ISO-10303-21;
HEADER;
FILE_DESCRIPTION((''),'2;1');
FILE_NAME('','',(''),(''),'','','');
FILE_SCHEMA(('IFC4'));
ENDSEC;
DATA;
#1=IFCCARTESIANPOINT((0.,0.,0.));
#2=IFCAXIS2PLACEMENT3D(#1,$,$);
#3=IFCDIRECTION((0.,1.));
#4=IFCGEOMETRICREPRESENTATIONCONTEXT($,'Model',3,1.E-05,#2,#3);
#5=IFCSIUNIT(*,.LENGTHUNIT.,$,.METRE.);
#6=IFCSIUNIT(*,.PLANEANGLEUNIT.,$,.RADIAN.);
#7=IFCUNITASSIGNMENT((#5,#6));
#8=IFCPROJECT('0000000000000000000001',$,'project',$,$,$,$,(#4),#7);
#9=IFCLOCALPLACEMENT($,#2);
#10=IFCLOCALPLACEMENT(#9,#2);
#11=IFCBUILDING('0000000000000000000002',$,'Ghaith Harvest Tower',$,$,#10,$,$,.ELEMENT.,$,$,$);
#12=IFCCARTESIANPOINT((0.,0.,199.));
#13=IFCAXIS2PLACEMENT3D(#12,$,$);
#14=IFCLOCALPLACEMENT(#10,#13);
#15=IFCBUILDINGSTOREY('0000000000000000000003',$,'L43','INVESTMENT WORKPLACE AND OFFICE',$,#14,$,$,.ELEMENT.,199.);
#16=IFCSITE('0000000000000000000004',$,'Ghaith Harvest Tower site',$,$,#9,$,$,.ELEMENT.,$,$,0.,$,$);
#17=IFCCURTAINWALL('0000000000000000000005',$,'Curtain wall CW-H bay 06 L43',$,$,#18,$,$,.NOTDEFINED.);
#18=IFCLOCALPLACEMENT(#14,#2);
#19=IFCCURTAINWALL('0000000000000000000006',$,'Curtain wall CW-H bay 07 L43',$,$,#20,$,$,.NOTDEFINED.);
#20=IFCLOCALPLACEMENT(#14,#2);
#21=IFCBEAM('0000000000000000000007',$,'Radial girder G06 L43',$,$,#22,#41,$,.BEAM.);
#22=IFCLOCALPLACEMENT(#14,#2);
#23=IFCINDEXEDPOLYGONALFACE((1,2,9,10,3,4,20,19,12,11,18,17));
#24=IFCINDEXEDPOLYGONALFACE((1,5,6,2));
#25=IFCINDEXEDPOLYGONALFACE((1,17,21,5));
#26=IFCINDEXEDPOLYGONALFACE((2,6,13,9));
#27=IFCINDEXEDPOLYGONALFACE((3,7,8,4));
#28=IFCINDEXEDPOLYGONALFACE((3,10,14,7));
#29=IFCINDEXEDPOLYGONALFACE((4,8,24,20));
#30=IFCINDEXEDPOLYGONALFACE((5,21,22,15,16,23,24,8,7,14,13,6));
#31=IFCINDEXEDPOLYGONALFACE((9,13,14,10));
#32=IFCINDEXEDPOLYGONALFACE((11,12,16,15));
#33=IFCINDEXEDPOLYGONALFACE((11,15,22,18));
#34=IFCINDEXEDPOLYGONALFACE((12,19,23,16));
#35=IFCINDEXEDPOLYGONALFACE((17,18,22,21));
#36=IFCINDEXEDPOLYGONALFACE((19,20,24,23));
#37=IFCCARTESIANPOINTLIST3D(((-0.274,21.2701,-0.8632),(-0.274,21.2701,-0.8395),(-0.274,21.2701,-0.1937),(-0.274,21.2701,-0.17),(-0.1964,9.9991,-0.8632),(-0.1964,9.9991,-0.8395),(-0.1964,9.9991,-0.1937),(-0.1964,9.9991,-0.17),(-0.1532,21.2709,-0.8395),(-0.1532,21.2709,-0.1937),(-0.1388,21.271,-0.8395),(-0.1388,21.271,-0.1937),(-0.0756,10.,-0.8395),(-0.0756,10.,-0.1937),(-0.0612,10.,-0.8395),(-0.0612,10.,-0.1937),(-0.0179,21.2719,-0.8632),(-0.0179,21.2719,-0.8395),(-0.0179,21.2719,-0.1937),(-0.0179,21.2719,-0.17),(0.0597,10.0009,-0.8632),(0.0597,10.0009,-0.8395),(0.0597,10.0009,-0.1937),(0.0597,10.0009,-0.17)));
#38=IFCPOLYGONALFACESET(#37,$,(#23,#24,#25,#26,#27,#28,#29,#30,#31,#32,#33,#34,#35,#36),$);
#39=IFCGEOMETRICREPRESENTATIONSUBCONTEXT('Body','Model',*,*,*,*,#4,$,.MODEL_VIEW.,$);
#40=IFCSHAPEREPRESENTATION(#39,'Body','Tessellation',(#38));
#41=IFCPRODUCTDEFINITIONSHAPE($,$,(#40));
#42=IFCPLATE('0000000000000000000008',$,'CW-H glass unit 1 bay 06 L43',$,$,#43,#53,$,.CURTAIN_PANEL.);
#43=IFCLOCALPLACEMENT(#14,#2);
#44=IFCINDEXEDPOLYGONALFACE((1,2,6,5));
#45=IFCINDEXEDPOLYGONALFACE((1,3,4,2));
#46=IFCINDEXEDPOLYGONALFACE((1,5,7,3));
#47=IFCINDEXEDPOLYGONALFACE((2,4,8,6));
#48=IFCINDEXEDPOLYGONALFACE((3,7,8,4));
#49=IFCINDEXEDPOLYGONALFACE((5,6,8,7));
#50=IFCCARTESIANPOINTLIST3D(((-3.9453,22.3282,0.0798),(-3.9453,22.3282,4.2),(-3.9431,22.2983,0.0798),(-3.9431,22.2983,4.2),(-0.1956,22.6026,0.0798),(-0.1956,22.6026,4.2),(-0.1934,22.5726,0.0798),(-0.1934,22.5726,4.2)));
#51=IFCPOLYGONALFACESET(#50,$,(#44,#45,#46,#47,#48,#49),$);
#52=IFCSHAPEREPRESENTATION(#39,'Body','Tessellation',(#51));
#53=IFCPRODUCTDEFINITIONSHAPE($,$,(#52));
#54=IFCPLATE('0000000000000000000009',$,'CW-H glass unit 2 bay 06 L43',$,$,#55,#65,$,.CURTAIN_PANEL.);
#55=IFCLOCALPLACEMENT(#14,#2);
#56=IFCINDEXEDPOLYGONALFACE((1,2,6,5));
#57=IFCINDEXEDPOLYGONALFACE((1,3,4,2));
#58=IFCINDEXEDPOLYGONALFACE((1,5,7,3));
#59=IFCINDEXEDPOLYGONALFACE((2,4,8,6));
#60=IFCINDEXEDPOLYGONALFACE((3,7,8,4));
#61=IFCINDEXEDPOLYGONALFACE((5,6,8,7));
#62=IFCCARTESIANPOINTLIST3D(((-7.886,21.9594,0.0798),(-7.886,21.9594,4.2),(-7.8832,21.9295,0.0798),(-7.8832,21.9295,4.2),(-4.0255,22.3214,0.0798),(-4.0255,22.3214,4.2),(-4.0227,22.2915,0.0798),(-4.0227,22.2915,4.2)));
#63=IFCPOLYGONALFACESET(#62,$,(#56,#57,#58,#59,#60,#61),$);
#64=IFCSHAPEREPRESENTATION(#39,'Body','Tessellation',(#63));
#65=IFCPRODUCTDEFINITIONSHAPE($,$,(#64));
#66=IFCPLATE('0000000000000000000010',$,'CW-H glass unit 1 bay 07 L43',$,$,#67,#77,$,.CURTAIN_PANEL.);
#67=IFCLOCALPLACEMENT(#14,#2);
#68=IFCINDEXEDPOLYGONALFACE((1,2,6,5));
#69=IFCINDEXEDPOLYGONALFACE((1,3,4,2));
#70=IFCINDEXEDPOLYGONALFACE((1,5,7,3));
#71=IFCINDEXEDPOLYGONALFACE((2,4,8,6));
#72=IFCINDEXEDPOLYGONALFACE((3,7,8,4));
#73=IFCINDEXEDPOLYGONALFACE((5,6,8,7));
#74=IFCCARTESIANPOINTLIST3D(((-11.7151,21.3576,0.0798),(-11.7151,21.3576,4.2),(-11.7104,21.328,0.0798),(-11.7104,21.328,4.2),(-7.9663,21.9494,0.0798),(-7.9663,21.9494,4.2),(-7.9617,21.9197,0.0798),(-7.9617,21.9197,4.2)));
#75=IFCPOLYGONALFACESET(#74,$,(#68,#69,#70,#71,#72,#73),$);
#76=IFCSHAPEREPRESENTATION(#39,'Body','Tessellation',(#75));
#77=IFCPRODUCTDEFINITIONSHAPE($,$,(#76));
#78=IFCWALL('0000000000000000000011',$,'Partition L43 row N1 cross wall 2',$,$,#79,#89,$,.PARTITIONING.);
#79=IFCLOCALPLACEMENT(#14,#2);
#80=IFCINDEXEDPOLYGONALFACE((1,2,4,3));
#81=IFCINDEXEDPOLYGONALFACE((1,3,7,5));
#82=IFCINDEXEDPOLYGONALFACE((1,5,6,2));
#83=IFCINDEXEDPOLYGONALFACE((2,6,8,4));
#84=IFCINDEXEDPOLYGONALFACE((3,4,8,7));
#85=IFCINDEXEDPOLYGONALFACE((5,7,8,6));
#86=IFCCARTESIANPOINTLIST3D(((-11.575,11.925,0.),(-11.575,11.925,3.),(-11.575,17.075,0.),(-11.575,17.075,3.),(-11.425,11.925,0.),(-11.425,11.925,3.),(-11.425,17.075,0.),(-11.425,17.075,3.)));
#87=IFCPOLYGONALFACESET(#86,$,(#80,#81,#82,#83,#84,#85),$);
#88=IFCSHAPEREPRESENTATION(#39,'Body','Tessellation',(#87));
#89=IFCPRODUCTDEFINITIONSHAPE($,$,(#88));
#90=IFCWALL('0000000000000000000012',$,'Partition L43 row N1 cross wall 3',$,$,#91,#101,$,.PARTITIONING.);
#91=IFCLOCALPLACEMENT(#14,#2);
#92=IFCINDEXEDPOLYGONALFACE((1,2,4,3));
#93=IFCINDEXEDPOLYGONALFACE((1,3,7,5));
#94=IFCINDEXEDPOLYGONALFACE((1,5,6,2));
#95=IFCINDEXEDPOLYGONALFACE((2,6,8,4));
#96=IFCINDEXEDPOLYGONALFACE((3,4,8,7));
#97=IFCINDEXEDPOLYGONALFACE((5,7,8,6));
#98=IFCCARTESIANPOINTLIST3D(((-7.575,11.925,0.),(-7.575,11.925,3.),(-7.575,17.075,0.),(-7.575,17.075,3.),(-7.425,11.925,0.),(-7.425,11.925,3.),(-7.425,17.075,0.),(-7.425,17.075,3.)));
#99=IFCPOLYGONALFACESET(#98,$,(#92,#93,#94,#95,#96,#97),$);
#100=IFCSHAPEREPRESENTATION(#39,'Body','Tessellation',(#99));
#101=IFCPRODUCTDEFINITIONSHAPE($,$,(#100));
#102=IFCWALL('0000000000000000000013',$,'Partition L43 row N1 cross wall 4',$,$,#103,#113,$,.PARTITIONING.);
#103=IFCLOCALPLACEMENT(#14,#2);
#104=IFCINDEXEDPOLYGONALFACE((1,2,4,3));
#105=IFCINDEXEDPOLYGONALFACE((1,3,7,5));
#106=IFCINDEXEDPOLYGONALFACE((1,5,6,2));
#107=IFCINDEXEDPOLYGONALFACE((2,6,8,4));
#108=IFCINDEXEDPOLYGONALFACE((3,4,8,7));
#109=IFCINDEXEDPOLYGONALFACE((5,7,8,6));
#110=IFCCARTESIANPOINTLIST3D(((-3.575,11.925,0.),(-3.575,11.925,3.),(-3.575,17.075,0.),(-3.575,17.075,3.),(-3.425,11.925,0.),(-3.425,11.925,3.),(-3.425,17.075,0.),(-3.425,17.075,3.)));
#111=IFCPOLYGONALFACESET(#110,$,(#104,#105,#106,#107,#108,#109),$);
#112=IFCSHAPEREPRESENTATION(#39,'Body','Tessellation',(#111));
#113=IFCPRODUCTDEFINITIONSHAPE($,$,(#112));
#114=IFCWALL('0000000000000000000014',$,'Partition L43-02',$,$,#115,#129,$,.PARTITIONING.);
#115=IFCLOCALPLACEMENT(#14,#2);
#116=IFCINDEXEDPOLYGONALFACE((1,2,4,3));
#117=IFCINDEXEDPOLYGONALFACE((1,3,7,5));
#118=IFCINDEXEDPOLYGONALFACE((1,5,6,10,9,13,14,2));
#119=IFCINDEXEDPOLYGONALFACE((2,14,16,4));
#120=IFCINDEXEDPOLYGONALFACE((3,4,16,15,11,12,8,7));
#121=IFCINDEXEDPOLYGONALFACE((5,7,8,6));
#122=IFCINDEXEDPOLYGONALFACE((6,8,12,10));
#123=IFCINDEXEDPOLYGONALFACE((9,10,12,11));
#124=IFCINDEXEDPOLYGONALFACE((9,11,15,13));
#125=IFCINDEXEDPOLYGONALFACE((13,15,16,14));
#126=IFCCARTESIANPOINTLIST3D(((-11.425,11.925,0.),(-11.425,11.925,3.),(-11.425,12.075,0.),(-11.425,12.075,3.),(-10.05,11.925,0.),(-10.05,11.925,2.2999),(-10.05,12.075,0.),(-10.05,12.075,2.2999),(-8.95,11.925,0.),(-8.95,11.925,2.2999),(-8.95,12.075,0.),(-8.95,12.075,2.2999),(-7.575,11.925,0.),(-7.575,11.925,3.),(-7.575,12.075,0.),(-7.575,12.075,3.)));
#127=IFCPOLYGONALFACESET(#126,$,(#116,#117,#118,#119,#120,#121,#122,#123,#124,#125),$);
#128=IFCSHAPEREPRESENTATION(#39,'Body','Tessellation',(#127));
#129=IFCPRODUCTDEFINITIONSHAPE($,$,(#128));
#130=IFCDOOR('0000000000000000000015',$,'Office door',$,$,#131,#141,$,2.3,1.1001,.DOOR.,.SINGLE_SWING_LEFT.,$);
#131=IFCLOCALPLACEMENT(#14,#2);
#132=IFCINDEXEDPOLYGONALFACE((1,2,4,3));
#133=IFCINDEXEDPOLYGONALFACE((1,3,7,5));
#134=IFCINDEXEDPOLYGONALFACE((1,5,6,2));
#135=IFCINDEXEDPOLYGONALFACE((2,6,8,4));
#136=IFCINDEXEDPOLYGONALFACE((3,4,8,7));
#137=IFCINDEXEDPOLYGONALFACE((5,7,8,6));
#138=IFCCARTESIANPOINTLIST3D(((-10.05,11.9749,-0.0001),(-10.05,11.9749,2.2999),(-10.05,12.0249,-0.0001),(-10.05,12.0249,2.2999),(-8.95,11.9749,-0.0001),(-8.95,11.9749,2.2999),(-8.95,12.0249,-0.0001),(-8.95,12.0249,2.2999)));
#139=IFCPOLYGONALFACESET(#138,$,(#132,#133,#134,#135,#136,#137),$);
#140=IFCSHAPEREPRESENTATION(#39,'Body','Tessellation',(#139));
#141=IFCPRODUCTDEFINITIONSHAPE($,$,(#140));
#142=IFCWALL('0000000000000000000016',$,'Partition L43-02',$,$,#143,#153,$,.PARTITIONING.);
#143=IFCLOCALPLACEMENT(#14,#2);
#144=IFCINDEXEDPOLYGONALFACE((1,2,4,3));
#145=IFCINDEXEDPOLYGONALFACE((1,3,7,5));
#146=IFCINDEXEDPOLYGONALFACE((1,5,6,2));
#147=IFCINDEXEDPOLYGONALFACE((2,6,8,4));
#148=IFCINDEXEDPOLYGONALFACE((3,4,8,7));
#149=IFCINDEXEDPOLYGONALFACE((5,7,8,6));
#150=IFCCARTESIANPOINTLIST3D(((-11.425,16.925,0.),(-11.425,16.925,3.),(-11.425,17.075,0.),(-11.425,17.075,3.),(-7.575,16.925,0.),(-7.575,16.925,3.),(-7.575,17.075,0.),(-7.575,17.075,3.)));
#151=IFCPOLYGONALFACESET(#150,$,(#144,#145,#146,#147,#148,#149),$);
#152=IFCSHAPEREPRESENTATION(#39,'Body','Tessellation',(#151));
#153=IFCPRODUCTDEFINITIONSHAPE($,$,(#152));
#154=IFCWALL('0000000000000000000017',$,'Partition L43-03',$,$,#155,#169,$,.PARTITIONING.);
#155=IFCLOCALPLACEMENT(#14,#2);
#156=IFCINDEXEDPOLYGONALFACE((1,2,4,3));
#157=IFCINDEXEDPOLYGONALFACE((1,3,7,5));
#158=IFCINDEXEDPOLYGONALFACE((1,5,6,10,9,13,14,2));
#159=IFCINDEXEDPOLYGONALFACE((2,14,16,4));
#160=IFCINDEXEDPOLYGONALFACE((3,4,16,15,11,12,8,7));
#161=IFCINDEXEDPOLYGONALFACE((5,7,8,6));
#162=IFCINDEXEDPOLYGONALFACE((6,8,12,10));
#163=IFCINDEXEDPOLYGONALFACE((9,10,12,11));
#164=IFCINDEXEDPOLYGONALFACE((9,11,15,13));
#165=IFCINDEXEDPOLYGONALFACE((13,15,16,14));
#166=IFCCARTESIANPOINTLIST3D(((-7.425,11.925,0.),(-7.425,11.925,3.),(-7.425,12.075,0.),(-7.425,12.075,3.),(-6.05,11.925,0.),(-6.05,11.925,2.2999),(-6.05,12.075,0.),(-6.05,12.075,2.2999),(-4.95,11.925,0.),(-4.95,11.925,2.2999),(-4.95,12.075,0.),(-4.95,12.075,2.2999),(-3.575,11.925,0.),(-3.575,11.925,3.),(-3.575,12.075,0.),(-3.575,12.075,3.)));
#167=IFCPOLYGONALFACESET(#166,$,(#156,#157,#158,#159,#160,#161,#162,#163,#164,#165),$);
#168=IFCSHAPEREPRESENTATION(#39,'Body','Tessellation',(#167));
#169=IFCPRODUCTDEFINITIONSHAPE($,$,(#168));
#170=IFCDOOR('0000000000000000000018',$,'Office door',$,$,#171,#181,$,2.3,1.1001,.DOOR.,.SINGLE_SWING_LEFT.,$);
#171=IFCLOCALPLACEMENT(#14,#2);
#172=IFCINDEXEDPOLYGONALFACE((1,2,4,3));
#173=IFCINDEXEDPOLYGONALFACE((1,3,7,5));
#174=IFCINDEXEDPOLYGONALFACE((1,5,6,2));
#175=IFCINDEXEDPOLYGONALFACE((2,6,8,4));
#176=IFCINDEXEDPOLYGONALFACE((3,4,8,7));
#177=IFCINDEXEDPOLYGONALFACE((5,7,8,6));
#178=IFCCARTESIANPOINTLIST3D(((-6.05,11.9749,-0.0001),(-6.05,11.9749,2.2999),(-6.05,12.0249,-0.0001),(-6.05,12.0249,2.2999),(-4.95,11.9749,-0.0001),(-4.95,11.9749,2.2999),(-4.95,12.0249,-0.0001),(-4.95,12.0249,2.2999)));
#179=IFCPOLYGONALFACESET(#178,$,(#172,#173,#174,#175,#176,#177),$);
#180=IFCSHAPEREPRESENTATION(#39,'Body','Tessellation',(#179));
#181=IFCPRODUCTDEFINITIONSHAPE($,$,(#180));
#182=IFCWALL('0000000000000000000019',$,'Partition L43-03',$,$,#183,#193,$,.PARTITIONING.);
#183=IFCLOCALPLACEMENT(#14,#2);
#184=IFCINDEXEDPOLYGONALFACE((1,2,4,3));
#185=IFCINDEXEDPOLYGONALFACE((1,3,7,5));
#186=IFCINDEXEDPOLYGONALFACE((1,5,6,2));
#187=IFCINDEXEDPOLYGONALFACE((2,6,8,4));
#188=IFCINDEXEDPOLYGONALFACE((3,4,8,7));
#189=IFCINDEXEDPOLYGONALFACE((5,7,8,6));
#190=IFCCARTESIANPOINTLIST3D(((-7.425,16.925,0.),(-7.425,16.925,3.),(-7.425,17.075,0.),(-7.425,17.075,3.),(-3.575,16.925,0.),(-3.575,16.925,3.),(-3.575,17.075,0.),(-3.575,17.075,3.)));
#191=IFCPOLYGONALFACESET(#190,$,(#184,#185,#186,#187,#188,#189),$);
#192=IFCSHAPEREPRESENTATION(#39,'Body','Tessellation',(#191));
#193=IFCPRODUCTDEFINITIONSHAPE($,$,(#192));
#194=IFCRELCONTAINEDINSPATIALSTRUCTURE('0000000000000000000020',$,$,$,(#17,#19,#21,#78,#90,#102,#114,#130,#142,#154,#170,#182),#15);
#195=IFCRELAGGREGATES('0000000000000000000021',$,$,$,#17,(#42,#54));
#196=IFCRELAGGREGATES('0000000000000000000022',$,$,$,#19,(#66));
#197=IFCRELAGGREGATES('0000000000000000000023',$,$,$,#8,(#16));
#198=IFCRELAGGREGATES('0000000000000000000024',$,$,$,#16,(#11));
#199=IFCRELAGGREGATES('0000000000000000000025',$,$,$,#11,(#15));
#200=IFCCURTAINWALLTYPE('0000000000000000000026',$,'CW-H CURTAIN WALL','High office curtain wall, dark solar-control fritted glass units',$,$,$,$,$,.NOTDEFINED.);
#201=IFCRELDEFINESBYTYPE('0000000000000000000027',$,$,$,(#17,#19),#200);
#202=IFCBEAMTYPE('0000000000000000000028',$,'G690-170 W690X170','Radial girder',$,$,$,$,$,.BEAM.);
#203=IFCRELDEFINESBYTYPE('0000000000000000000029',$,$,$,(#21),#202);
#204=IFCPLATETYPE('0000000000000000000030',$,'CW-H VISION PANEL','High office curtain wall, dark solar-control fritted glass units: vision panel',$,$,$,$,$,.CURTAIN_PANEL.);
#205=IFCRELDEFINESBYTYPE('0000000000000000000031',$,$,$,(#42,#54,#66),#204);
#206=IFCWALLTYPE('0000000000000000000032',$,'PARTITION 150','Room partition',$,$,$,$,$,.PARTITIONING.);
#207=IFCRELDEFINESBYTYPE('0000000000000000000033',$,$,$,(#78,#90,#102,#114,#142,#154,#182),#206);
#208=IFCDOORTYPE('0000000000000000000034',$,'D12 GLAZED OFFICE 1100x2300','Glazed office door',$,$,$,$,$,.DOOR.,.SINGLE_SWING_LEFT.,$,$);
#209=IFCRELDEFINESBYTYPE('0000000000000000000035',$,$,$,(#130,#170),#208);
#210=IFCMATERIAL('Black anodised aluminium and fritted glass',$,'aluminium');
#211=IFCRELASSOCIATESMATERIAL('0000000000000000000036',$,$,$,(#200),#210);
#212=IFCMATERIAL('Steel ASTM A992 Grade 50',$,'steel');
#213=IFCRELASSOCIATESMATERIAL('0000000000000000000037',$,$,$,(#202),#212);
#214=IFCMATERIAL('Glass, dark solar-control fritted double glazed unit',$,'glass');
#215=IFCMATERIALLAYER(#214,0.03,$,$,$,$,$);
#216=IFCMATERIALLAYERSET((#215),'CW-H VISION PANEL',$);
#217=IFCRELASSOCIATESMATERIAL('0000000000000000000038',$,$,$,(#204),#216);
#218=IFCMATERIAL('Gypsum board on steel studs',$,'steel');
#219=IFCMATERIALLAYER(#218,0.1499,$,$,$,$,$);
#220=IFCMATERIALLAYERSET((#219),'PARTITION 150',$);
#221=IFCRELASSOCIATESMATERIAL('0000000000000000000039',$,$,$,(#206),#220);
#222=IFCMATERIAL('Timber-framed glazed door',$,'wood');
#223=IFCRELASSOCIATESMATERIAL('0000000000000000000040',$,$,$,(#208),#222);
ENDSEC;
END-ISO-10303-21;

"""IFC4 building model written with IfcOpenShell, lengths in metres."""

from ifc_helpers import new_model, si_unit, direction, frame, frame_2d, origin, origin_2d, place, context, subcontext, project, spatial, rectangle, i_section, extrude, material, layer, layer_set, material_profile, profile_set, type_object, element, fill, aggregate, save


model = new_model("IFC4")

# Units and contexts
model_context = context("Model", 3, precision=1e-05, world=origin(), true_north=direction((0.0, 1.0)))
body_context = subcontext(model_context, "Body", "Model", "MODEL_VIEW")
ifc_project = project(units=[si_unit("LENGTHUNIT", "METRE"), si_unit("PLANEANGLEUNIT", "RADIAN")], contexts=[model_context])

# Site, building, storey
site_placement = place(None, origin())
site = spatial("IfcSite", under=ifc_project, at=site_placement, Name="Ghaith Harvest Tower site", CompositionType="ELEMENT", RefElevation=0.0)
building_placement = place(site_placement, origin())
building = spatial("IfcBuilding", under=site, at=building_placement, Name="Ghaith Harvest Tower", CompositionType="ELEMENT")
storey_placement = place(building_placement, frame((0.0, 0.0, 199.0)))
storey = spatial("IfcBuildingStorey", under=building, at=storey_placement, Name="L43", Description="INVESTMENT WORKPLACE AND OFFICE", CompositionType="ELEMENT", Elevation=199.0)

# Curtain walls
ifc_material_1 = material(Name="Black anodised aluminium and fritted glass", Category="aluminium")
curtain_wall_type = type_object("IfcCurtainWallType", Name="CW-H CURTAIN WALL", Description="High office curtain wall, dark solar-control fritted glass units", PredefinedType="NOTDEFINED", material=ifc_material_1)
curtain_wall_1_placement = place(storey_placement, origin())
curtain_wall_1 = element("IfcCurtainWall", 1, at=curtain_wall_1_placement, inside=storey, type_object=curtain_wall_type, Name="Curtain wall CW-H bay 06 L43", PredefinedType="NOTDEFINED")
curtain_wall_2_placement = place(storey_placement, origin())
curtain_wall_2 = element("IfcCurtainWall", 2, at=curtain_wall_2_placement, inside=storey, type_object=curtain_wall_type, Name="Curtain wall CW-H bay 07 L43", PredefinedType="NOTDEFINED")

# Beam
ifc_material_2 = material(Name="Steel ASTM A992 Grade 50", Category="steel")
ifc_material_profile_1 = material_profile(ifc_material_2, i_section(OverallWidth=0.2561, OverallDepth=0.6931, WebThickness=0.0144, FlangeThickness=0.0237, at=origin_2d()), Name="W690X170")
ifc_profile_set_1 = profile_set([ifc_material_profile_1], Name="Steel ASTM A992 Grade 50")
beam_type_1 = type_object("IfcBeamType", Name="G690-170 W690X170", Description="Radial girder", PredefinedType="BEAM", material=ifc_profile_set_1)
beam_1_placement = place(storey_placement, frame((-0.0684, 10.0, -0.5166), z_axis=(-0.006888, 0.999976, 0.0), x_axis=(-0.999976, -0.006888, 0.0)))
element("IfcBeam", 3, at=beam_1_placement, inside=storey, type_object=beam_type_1, Name="Radial girder G06 L43", PredefinedType="BEAM", context=body_context, shape_type="SweptSolid", body=[
    extrude(i_section(OverallWidth=0.2561, OverallDepth=0.6931, WebThickness=0.0144, FlangeThickness=0.0237, at=origin_2d()), origin(), (0.0, 0.0, 1.0), 11.2712),
])

# Plates
ifc_material_3 = material(Name="Glass, dark solar-control fritted double glazed unit", Category="glass")
ifc_layer_1 = layer(ifc_material_3, 0.03)
ifc_layer_set_1 = layer_set([ifc_layer_1], Name="CW-H VISION PANEL")
plate_type = type_object("IfcPlateType", Name="CW-H VISION PANEL", Description="High office curtain wall, dark solar-control fritted glass units: vision panel", PredefinedType="CURTAIN_PANEL", material=ifc_layer_set_1)
plate_1_placement = place(storey_placement, frame((-2.0693, 22.4504, 0.0798), z_axis=(0.0, 0.0, 1.0), x_axis=(-0.997334, -0.072966, 0.0)))
plate_1 = element("IfcPlate", 4, at=plate_1_placement, type_object=plate_type, Name="CW-H glass unit 1 bay 06 L43", PredefinedType="CURTAIN_PANEL", context=body_context, shape_type="SweptSolid", body=[
    extrude(rectangle(XDim=3.7598, YDim=0.03, at=origin_2d()), origin(), (0.0, 0.0, 1.0), 4.1201),
])
plate_2_placement = place(storey_placement, frame((-5.9543, 22.1255, 0.0798), z_axis=(0.0, 0.0, 1.0), x_axis=(-0.995632, -0.093365, 0.0)))
plate_2 = element("IfcPlate", 5, at=plate_2_placement, type_object=plate_type, Name="CW-H glass unit 2 bay 06 L43", PredefinedType="CURTAIN_PANEL", context=body_context, shape_type="SweptSolid", body=[
    extrude(rectangle(XDim=3.8774, YDim=0.03, at=origin_2d()), origin(), (0.0, 0.0, 1.0), 4.1201),
])
aggregate(curtain_wall_1, [plate_1, plate_2])
plate_3_placement = place(storey_placement, frame((-9.8384, 21.6387, 0.0798), z_axis=(0.0, 0.0, 1.0), x_axis=(-0.98777, -0.155916, 0.0)))
plate_3 = element("IfcPlate", 6, at=plate_3_placement, type_object=plate_type, Name="CW-H glass unit 1 bay 07 L43", PredefinedType="CURTAIN_PANEL", context=body_context, shape_type="SweptSolid", body=[
    extrude(rectangle(XDim=3.7952, YDim=0.03, at=origin_2d()), origin(), (0.0, 0.0, 1.0), 4.1201),
])
aggregate(curtain_wall_2, [plate_3])

# Walls
ifc_material_4 = material(Name="Gypsum board on steel studs", Category="steel")
ifc_layer_2 = layer(ifc_material_4, 0.1499)
ifc_layer_set_2 = layer_set([ifc_layer_2], Name="PARTITION 150")
wall_type = type_object("IfcWallType", Name="PARTITION 150", Description="Room partition", PredefinedType="PARTITIONING", material=ifc_layer_set_2)
for number, where, z_axis, x_axis, name in (
    (7, (-11.5, 11.925, 0.0), (0.0, 0.0, 1.0), (0.0, 1.0, 0.0), "Partition L43 row N1 cross wall 2"),
    (8, (-7.5, 11.925, 0.0), (0.0, 0.0, 1.0), (0.0, 1.0, 0.0), "Partition L43 row N1 cross wall 3"),
    (9, (-3.5, 11.925, 0.0), (0.0, 0.0, 1.0), (0.0, 1.0, 0.0), "Partition L43 row N1 cross wall 4"),
):
    element("IfcWall", number, at=place(storey_placement, frame(where, z_axis=z_axis, x_axis=x_axis)), inside=storey, type_object=wall_type, Name=name, PredefinedType="PARTITIONING", context=body_context, shape_type="SweptSolid", body=[
        extrude(rectangle(XDim=5.1499, YDim=0.1499, at=frame_2d((2.575, 0.0))), origin(), (0.0, 0.0, 1.0), 3.0),
    ])

# Wall, opening, door
wall_1_placement = place(storey_placement, frame((-11.425, 12.0, 0.0), z_axis=(0.0, 0.0, 1.0), x_axis=(1.0, 0.0, 0.0)))
wall_1 = element("IfcWall", 10, at=wall_1_placement, inside=storey, type_object=wall_type, Name="Partition L43-02", PredefinedType="PARTITIONING", context=body_context, shape_type="SweptSolid", body=[
    extrude(rectangle(XDim=3.8501, YDim=0.1499, at=frame_2d((1.925, 0.0))), origin(), (0.0, 0.0, 1.0), 3.0),
])
opening_1_placement = place(wall_1_placement, frame((1.375, 0.0, 0.0)))
opening_1 = element("IfcOpeningElement", 11, at=opening_1_placement, cuts=wall_1, PredefinedType="OPENING", context=body_context, shape_type="SweptSolid", body=[
    extrude(rectangle(XDim=1.1001, YDim=2.3, at=frame_2d((0.55, 1.1499))), frame((0.0, 0.085, 0.0), z_axis=(0.0, -1.0, 0.0), x_axis=(1.0, 0.0, 0.0)), (0.0, 0.0, 1.0), 0.1699),
])
ifc_material_5 = material(Name="Timber-framed glazed door", Category="wood")
door_type = type_object("IfcDoorType", Name="D12 GLAZED OFFICE 1100x2300", Description="Glazed office door", OperationType="SINGLE_SWING_LEFT", PredefinedType="DOOR", material=ifc_material_5)
door_1_placement = place(opening_1_placement, origin())
door_1 = element("IfcDoor", 12, at=door_1_placement, inside=storey, type_object=door_type, Name="Office door", OperationType="SINGLE_SWING_LEFT", OverallHeight=2.3, OverallWidth=1.1001, PredefinedType="DOOR", context=body_context, shape_type="SweptSolid", body=[
    extrude(rectangle(XDim=1.1001, YDim=2.3, at=frame_2d((0.55, 1.1499))), frame((0.0, 0.0249, 0.0), z_axis=(0.0, -1.0, 0.0), x_axis=(1.0, 0.0, 0.0)), (0.0, 0.0, 1.0), 0.05),
])
fill(opening_1, door_1)

# Wall
wall_2_placement = place(storey_placement, frame((-11.425, 17.0, 0.0), z_axis=(0.0, 0.0, 1.0), x_axis=(1.0, 0.0, 0.0)))
element("IfcWall", 13, at=wall_2_placement, inside=storey, type_object=wall_type, Name="Partition L43-02", PredefinedType="PARTITIONING", context=body_context, shape_type="SweptSolid", body=[
    extrude(rectangle(XDim=3.8501, YDim=0.1499, at=frame_2d((1.925, 0.0))), origin(), (0.0, 0.0, 1.0), 3.0),
])

# Wall, opening, door
wall_3_placement = place(storey_placement, frame((-7.425, 12.0, 0.0), z_axis=(0.0, 0.0, 1.0), x_axis=(1.0, 0.0, 0.0)))
wall_3 = element("IfcWall", 14, at=wall_3_placement, inside=storey, type_object=wall_type, Name="Partition L43-03", PredefinedType="PARTITIONING", context=body_context, shape_type="SweptSolid", body=[
    extrude(rectangle(XDim=3.8501, YDim=0.1499, at=frame_2d((1.925, 0.0))), origin(), (0.0, 0.0, 1.0), 3.0),
])
opening_2_placement = place(wall_3_placement, frame((1.375, 0.0, 0.0)))
opening_2 = element("IfcOpeningElement", 15, at=opening_2_placement, cuts=wall_3, PredefinedType="OPENING", context=body_context, shape_type="SweptSolid", body=[
    extrude(rectangle(XDim=1.1001, YDim=2.3, at=frame_2d((0.55, 1.1499))), frame((0.0, 0.085, 0.0), z_axis=(0.0, -1.0, 0.0), x_axis=(1.0, 0.0, 0.0)), (0.0, 0.0, 1.0), 0.1699),
])
door_2_placement = place(opening_2_placement, origin())
door_2 = element("IfcDoor", 16, at=door_2_placement, inside=storey, type_object=door_type, Name="Office door", OperationType="SINGLE_SWING_LEFT", OverallHeight=2.3, OverallWidth=1.1001, PredefinedType="DOOR", context=body_context, shape_type="SweptSolid", body=[
    extrude(rectangle(XDim=1.1001, YDim=2.3, at=frame_2d((0.55, 1.1499))), frame((0.0, 0.0249, 0.0), z_axis=(0.0, -1.0, 0.0), x_axis=(1.0, 0.0, 0.0)), (0.0, 0.0, 1.0), 0.05),
])
fill(opening_2, door_2)

# Wall
wall_4_placement = place(storey_placement, frame((-7.425, 17.0, 0.0), z_axis=(0.0, 0.0, 1.0), x_axis=(1.0, 0.0, 0.0)))
element("IfcWall", 17, at=wall_4_placement, inside=storey, type_object=wall_type, Name="Partition L43-03", PredefinedType="PARTITIONING", context=body_context, shape_type="SweptSolid", body=[
    extrude(rectangle(XDim=3.8501, YDim=0.1499, at=frame_2d((1.925, 0.0))), origin(), (0.0, 0.0, 1.0), 3.0),
])

save(model, "model.ifc")
